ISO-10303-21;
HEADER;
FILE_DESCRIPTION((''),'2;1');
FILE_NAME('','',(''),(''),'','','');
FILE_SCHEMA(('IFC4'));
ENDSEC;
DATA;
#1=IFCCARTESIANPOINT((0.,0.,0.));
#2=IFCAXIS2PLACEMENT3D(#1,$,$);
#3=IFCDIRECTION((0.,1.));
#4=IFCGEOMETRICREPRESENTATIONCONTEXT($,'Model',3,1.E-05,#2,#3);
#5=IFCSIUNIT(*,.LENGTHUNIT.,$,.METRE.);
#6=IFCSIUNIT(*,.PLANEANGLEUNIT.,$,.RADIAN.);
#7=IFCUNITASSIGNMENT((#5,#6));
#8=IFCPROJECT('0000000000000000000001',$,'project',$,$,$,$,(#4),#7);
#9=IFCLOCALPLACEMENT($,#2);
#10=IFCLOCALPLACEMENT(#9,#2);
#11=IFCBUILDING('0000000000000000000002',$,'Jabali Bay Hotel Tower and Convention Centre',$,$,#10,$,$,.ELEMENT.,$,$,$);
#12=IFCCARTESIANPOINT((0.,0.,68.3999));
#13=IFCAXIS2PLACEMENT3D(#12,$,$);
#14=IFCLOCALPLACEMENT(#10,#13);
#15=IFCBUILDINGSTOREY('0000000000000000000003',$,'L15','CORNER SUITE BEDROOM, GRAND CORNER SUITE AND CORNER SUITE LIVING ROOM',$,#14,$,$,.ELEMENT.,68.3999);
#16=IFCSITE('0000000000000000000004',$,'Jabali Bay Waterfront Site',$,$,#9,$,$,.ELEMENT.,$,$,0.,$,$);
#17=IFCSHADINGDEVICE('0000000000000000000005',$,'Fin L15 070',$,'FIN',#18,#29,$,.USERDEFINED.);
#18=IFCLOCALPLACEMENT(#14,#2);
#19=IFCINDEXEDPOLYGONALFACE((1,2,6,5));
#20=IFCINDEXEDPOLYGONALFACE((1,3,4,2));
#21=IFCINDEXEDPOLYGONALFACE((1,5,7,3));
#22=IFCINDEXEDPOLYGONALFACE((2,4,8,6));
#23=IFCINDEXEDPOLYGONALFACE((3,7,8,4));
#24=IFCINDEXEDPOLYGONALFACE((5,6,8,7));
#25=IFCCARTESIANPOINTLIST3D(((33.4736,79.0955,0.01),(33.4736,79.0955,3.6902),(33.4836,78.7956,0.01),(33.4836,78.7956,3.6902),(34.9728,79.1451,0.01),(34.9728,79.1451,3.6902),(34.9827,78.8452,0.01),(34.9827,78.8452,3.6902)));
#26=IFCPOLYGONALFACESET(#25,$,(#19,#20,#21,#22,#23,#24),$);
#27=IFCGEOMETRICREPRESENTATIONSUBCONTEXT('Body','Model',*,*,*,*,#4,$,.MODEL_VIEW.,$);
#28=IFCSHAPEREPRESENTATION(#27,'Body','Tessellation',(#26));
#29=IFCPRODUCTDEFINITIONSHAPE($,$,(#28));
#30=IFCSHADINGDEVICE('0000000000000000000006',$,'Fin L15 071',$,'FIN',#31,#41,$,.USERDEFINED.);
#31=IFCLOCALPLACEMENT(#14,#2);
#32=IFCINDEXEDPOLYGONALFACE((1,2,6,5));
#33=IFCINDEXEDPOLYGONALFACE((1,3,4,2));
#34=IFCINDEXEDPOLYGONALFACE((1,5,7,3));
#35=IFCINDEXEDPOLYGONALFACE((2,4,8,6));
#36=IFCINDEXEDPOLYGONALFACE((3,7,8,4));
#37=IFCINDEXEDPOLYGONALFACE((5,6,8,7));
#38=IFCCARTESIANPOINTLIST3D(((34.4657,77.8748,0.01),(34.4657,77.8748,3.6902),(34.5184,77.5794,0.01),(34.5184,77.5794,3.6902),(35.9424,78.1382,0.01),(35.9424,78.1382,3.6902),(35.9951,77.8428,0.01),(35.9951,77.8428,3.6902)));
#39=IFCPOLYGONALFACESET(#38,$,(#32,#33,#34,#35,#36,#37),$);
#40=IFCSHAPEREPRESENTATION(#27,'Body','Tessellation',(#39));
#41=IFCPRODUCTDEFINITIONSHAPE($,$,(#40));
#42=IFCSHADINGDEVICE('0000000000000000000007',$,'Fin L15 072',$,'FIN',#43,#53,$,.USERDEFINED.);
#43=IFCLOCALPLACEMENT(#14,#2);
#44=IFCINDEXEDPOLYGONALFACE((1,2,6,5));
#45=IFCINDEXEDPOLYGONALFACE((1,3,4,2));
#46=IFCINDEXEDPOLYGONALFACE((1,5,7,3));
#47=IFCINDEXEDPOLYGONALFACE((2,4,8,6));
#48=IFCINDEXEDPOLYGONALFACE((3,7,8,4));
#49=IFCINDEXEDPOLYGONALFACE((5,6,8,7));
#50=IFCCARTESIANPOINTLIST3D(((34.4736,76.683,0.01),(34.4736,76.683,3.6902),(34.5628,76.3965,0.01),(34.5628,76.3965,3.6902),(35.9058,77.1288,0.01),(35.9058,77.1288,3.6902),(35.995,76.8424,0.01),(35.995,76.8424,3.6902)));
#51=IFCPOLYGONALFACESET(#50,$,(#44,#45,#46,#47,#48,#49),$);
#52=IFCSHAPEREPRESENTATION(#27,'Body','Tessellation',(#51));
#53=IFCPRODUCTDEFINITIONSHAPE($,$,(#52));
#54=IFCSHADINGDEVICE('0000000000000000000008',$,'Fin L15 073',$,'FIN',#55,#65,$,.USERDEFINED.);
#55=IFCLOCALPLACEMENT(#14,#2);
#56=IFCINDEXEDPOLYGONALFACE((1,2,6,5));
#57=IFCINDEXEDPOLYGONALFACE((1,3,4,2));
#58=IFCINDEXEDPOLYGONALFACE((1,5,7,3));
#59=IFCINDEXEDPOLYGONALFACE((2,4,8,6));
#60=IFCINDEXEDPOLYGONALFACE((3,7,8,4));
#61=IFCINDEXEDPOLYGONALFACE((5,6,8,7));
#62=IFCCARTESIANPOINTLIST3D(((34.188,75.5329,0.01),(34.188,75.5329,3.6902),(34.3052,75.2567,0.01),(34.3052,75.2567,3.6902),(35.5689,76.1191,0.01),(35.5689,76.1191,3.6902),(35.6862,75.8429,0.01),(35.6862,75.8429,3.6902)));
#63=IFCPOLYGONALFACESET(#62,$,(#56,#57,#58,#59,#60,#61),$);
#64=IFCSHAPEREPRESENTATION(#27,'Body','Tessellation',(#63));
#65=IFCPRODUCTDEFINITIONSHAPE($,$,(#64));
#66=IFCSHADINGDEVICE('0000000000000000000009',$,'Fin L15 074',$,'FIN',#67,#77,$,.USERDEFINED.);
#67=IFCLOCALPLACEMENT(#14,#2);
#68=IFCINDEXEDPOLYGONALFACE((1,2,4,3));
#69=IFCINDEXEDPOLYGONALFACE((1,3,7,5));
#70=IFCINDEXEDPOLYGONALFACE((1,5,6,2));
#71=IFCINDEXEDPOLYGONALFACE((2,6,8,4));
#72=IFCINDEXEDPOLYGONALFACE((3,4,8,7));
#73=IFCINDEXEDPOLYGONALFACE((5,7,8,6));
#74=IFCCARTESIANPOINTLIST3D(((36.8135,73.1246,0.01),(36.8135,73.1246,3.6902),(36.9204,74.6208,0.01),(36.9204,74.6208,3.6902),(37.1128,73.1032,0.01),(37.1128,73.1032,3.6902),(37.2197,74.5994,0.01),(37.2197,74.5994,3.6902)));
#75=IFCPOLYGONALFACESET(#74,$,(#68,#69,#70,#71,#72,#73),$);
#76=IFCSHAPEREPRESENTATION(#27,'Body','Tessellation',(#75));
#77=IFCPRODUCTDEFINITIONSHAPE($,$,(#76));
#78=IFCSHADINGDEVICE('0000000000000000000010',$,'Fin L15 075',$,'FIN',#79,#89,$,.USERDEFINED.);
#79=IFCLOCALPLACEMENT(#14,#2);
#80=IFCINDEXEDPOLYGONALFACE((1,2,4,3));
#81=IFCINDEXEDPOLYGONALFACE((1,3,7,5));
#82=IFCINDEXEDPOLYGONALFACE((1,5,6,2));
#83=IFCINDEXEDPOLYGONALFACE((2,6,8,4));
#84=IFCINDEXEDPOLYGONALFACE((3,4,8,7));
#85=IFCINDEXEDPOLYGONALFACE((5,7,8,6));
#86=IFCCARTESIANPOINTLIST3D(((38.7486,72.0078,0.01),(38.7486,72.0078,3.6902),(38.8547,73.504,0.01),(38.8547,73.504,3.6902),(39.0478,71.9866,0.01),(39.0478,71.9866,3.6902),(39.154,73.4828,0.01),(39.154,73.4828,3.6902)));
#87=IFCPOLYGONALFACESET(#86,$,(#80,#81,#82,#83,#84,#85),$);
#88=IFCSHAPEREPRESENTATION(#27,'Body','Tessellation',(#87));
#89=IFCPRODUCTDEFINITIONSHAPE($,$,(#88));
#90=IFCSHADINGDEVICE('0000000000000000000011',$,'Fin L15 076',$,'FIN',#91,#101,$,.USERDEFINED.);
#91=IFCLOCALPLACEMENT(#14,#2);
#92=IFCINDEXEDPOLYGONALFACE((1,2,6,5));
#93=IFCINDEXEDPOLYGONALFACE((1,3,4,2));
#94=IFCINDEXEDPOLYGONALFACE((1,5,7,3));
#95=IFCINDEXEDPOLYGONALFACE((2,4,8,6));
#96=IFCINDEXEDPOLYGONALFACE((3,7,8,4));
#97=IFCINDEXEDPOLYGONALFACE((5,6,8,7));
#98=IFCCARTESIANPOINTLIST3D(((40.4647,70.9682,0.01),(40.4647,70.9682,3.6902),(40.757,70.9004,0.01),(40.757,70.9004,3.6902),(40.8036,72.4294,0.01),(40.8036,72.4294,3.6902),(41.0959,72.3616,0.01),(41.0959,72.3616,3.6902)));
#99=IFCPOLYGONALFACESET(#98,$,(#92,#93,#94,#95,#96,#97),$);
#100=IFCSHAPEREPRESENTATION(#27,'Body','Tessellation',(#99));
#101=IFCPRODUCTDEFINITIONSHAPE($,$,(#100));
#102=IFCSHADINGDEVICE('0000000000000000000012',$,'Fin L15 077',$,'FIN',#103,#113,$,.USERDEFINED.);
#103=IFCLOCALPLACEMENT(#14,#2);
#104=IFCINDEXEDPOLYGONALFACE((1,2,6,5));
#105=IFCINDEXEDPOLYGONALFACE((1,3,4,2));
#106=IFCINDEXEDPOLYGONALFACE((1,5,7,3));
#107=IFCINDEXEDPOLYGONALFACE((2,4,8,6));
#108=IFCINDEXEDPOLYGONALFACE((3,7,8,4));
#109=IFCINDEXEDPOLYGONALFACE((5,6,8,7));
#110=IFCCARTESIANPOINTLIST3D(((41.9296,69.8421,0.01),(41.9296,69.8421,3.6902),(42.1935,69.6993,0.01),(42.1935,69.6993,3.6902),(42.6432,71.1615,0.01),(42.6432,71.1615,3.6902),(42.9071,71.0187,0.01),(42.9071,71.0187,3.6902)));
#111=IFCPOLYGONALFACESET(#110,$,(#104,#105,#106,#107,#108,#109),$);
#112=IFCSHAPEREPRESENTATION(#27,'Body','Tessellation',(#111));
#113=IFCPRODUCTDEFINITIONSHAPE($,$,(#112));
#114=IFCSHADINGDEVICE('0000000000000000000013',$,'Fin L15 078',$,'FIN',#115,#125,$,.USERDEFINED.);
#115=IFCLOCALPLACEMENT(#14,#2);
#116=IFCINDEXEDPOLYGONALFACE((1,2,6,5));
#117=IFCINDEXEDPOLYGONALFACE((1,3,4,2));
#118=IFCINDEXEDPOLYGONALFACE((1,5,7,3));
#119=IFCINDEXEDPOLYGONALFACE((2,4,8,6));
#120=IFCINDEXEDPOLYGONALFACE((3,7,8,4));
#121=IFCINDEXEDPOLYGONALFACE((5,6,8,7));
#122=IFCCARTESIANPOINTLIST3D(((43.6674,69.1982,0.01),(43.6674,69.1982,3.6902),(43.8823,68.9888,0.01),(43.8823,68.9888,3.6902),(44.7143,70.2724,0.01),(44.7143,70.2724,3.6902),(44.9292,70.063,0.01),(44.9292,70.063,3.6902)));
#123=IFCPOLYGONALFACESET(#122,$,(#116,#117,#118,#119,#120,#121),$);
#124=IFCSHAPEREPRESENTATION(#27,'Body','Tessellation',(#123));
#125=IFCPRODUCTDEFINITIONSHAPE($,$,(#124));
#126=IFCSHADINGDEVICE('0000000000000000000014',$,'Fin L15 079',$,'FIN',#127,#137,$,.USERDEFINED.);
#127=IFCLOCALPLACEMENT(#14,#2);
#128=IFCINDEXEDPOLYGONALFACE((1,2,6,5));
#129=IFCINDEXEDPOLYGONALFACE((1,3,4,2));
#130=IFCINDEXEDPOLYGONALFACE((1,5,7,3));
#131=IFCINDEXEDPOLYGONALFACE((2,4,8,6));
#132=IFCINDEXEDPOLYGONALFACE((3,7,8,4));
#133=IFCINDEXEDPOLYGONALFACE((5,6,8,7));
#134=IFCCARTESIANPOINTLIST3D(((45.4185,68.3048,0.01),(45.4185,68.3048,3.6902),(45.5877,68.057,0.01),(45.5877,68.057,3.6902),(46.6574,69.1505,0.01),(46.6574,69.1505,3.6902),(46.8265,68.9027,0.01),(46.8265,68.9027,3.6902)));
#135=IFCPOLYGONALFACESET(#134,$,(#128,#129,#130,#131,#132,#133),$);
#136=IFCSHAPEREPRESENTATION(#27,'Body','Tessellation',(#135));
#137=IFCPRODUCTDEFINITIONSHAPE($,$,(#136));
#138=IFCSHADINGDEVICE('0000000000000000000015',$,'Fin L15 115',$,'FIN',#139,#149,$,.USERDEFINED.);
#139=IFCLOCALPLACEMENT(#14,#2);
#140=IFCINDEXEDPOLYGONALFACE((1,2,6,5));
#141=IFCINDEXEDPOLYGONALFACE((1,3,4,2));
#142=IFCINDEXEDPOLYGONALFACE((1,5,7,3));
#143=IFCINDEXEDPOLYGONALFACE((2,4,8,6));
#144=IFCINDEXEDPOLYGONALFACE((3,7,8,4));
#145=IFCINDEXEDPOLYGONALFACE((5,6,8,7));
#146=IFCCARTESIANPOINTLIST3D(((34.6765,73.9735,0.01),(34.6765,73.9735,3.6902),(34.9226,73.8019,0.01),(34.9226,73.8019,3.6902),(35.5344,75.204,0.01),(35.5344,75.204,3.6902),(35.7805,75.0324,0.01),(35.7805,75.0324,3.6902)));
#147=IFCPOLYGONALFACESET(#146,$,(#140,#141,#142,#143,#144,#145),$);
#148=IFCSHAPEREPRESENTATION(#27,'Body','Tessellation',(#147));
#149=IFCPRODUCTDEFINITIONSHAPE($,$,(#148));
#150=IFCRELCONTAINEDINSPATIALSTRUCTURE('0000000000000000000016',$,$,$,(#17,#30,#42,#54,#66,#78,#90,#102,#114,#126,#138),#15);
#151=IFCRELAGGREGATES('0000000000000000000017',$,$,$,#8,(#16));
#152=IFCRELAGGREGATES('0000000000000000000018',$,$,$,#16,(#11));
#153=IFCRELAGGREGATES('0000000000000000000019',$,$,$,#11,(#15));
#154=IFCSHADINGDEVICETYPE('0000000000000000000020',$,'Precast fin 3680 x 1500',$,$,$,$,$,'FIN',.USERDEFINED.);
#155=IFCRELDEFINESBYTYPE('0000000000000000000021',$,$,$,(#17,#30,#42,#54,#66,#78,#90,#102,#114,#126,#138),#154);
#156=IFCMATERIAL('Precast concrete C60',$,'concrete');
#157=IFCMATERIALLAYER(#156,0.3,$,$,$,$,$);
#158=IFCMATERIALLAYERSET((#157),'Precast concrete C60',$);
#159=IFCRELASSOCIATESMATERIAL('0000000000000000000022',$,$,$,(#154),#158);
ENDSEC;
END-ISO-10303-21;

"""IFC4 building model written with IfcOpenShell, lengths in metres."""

from ifc_helpers import new_model, si_unit, direction, frame, frame_2d, origin, place, context, subcontext, project, spatial, rectangle, extrude, material, layer, layer_set, type_object, element, save


model = new_model("IFC4")

# Units and contexts
model_context = context("Model", 3, precision=1e-05, world=origin(), true_north=direction((0.0, 1.0)))
body_context = subcontext(model_context, "Body", "Model", "MODEL_VIEW")
ifc_project = project(units=[si_unit("LENGTHUNIT", "METRE"), si_unit("PLANEANGLEUNIT", "RADIAN")], contexts=[model_context])

# Site, building, storey
site_placement = place(None, origin())
site = spatial("IfcSite", under=ifc_project, at=site_placement, Name="Jabali Bay Waterfront Site", CompositionType="ELEMENT", RefElevation=0.0)
building_placement = place(site_placement, origin())
building = spatial("IfcBuilding", under=site, at=building_placement, Name="Jabali Bay Hotel Tower and Convention Centre", CompositionType="ELEMENT")
storey_placement = place(building_placement, frame((0.0, 0.0, 68.3999)))
storey = spatial("IfcBuildingStorey", under=building, at=storey_placement, Name="L15", Description="CORNER SUITE BEDROOM, GRAND CORNER SUITE AND CORNER SUITE LIVING ROOM", CompositionType="ELEMENT", Elevation=68.3999)

# Shading devices
ifc_material_1 = material(Name="Precast concrete C60", Category="concrete")
ifc_layer_1 = layer(ifc_material_1, 0.3)
ifc_layer_set_1 = layer_set([ifc_layer_1], Name="Precast concrete C60")
shading_device_type = type_object("IfcShadingDeviceType", Name="Precast fin 3680 x 1500", ElementType="FIN", PredefinedType="USERDEFINED", material=ifc_layer_set_1)
for number, where, z_axis, x_axis, name in (
    (1, (34.9778, 78.9951, 0.01), (0.0, 0.0, 1.0), (-0.999454, -0.033038, 0.0), "Fin L15 070"),
    (2, (35.9688, 77.9905, 0.01), (0.0, 0.0, 1.0), (-0.984461, -0.175605, 0.0), "Fin L15 071"),
    (3, (35.9504, 76.9856, 0.01), (0.0, 0.0, 1.0), (-0.95481, -0.297218, 0.0), "Fin L15 072"),
):
    element("IfcShadingDevice", number, at=place(storey_placement, frame(where, z_axis=z_axis, x_axis=x_axis)), inside=storey, type_object=shading_device_type, Name=name, ObjectType="FIN", PredefinedType="USERDEFINED", context=body_context, shape_type="SweptSolid", body=[
        extrude(rectangle(XDim=1.5, YDim=0.3, at=frame_2d((0.75, 0.0))), origin(), (0.0, 0.0, 1.0), 3.6802),
    ])
shading_device_placement = place(storey_placement, frame((35.6274, 75.981, 0.01), z_axis=(0.0, 0.0, 1.0), x_axis=(-0.920495, -0.390755, 0.0)))
element("IfcShadingDevice", 4, at=shading_device_placement, inside=storey, type_object=shading_device_type, Name="Fin L15 073", ObjectType="FIN", PredefinedType="USERDEFINED", context=body_context, shape_type="SweptSolid", body=[
    extrude(rectangle(XDim=1.5002, YDim=0.3, at=frame_2d((0.75, 0.0))), origin(), (0.0, 0.0, 1.0), 3.6802),
])
for number, where, z_axis, x_axis, name in (
    (5, (37.0701, 74.6101, 0.01), (0.0, 0.0, 1.0), (-0.071293, -0.997455, 0.0), "Fin L15 074"),
    (6, (39.0044, 73.4934, 0.01), (0.0, 0.0, 1.0), (-0.070796, -0.997491, 0.0), "Fin L15 075"),
    (7, (40.9497, 72.3955, 0.01), (0.0, 0.0, 1.0), (-0.225917, -0.974146, 0.0), "Fin L15 076"),
    (8, (42.7751, 71.0901, 0.01), (0.0, 0.0, 1.0), (-0.475759, -0.879576, 0.0), "Fin L15 077"),
    (9, (44.8218, 70.1677, 0.01), (0.0, 0.0, 1.0), (-0.697933, -0.716163, 0.0), "Fin L15 078"),
    (10, (46.7419, 69.0266, 0.01), (0.0, 0.0, 1.0), (-0.82589, -0.563832, 0.0), "Fin L15 079"),
    (11, (35.6575, 75.1182, 0.01), (0.0, 0.0, 1.0), (-0.571932, -0.820301, 0.0), "Fin L15 115"),
):
    element("IfcShadingDevice", number, at=place(storey_placement, frame(where, z_axis=z_axis, x_axis=x_axis)), inside=storey, type_object=shading_device_type, Name=name, ObjectType="FIN", PredefinedType="USERDEFINED", context=body_context, shape_type="SweptSolid", body=[
        extrude(rectangle(XDim=1.5, YDim=0.3, at=frame_2d((0.75, 0.0))), origin(), (0.0, 0.0, 1.0), 3.6802),
    ])

save(model, "model.ifc")
